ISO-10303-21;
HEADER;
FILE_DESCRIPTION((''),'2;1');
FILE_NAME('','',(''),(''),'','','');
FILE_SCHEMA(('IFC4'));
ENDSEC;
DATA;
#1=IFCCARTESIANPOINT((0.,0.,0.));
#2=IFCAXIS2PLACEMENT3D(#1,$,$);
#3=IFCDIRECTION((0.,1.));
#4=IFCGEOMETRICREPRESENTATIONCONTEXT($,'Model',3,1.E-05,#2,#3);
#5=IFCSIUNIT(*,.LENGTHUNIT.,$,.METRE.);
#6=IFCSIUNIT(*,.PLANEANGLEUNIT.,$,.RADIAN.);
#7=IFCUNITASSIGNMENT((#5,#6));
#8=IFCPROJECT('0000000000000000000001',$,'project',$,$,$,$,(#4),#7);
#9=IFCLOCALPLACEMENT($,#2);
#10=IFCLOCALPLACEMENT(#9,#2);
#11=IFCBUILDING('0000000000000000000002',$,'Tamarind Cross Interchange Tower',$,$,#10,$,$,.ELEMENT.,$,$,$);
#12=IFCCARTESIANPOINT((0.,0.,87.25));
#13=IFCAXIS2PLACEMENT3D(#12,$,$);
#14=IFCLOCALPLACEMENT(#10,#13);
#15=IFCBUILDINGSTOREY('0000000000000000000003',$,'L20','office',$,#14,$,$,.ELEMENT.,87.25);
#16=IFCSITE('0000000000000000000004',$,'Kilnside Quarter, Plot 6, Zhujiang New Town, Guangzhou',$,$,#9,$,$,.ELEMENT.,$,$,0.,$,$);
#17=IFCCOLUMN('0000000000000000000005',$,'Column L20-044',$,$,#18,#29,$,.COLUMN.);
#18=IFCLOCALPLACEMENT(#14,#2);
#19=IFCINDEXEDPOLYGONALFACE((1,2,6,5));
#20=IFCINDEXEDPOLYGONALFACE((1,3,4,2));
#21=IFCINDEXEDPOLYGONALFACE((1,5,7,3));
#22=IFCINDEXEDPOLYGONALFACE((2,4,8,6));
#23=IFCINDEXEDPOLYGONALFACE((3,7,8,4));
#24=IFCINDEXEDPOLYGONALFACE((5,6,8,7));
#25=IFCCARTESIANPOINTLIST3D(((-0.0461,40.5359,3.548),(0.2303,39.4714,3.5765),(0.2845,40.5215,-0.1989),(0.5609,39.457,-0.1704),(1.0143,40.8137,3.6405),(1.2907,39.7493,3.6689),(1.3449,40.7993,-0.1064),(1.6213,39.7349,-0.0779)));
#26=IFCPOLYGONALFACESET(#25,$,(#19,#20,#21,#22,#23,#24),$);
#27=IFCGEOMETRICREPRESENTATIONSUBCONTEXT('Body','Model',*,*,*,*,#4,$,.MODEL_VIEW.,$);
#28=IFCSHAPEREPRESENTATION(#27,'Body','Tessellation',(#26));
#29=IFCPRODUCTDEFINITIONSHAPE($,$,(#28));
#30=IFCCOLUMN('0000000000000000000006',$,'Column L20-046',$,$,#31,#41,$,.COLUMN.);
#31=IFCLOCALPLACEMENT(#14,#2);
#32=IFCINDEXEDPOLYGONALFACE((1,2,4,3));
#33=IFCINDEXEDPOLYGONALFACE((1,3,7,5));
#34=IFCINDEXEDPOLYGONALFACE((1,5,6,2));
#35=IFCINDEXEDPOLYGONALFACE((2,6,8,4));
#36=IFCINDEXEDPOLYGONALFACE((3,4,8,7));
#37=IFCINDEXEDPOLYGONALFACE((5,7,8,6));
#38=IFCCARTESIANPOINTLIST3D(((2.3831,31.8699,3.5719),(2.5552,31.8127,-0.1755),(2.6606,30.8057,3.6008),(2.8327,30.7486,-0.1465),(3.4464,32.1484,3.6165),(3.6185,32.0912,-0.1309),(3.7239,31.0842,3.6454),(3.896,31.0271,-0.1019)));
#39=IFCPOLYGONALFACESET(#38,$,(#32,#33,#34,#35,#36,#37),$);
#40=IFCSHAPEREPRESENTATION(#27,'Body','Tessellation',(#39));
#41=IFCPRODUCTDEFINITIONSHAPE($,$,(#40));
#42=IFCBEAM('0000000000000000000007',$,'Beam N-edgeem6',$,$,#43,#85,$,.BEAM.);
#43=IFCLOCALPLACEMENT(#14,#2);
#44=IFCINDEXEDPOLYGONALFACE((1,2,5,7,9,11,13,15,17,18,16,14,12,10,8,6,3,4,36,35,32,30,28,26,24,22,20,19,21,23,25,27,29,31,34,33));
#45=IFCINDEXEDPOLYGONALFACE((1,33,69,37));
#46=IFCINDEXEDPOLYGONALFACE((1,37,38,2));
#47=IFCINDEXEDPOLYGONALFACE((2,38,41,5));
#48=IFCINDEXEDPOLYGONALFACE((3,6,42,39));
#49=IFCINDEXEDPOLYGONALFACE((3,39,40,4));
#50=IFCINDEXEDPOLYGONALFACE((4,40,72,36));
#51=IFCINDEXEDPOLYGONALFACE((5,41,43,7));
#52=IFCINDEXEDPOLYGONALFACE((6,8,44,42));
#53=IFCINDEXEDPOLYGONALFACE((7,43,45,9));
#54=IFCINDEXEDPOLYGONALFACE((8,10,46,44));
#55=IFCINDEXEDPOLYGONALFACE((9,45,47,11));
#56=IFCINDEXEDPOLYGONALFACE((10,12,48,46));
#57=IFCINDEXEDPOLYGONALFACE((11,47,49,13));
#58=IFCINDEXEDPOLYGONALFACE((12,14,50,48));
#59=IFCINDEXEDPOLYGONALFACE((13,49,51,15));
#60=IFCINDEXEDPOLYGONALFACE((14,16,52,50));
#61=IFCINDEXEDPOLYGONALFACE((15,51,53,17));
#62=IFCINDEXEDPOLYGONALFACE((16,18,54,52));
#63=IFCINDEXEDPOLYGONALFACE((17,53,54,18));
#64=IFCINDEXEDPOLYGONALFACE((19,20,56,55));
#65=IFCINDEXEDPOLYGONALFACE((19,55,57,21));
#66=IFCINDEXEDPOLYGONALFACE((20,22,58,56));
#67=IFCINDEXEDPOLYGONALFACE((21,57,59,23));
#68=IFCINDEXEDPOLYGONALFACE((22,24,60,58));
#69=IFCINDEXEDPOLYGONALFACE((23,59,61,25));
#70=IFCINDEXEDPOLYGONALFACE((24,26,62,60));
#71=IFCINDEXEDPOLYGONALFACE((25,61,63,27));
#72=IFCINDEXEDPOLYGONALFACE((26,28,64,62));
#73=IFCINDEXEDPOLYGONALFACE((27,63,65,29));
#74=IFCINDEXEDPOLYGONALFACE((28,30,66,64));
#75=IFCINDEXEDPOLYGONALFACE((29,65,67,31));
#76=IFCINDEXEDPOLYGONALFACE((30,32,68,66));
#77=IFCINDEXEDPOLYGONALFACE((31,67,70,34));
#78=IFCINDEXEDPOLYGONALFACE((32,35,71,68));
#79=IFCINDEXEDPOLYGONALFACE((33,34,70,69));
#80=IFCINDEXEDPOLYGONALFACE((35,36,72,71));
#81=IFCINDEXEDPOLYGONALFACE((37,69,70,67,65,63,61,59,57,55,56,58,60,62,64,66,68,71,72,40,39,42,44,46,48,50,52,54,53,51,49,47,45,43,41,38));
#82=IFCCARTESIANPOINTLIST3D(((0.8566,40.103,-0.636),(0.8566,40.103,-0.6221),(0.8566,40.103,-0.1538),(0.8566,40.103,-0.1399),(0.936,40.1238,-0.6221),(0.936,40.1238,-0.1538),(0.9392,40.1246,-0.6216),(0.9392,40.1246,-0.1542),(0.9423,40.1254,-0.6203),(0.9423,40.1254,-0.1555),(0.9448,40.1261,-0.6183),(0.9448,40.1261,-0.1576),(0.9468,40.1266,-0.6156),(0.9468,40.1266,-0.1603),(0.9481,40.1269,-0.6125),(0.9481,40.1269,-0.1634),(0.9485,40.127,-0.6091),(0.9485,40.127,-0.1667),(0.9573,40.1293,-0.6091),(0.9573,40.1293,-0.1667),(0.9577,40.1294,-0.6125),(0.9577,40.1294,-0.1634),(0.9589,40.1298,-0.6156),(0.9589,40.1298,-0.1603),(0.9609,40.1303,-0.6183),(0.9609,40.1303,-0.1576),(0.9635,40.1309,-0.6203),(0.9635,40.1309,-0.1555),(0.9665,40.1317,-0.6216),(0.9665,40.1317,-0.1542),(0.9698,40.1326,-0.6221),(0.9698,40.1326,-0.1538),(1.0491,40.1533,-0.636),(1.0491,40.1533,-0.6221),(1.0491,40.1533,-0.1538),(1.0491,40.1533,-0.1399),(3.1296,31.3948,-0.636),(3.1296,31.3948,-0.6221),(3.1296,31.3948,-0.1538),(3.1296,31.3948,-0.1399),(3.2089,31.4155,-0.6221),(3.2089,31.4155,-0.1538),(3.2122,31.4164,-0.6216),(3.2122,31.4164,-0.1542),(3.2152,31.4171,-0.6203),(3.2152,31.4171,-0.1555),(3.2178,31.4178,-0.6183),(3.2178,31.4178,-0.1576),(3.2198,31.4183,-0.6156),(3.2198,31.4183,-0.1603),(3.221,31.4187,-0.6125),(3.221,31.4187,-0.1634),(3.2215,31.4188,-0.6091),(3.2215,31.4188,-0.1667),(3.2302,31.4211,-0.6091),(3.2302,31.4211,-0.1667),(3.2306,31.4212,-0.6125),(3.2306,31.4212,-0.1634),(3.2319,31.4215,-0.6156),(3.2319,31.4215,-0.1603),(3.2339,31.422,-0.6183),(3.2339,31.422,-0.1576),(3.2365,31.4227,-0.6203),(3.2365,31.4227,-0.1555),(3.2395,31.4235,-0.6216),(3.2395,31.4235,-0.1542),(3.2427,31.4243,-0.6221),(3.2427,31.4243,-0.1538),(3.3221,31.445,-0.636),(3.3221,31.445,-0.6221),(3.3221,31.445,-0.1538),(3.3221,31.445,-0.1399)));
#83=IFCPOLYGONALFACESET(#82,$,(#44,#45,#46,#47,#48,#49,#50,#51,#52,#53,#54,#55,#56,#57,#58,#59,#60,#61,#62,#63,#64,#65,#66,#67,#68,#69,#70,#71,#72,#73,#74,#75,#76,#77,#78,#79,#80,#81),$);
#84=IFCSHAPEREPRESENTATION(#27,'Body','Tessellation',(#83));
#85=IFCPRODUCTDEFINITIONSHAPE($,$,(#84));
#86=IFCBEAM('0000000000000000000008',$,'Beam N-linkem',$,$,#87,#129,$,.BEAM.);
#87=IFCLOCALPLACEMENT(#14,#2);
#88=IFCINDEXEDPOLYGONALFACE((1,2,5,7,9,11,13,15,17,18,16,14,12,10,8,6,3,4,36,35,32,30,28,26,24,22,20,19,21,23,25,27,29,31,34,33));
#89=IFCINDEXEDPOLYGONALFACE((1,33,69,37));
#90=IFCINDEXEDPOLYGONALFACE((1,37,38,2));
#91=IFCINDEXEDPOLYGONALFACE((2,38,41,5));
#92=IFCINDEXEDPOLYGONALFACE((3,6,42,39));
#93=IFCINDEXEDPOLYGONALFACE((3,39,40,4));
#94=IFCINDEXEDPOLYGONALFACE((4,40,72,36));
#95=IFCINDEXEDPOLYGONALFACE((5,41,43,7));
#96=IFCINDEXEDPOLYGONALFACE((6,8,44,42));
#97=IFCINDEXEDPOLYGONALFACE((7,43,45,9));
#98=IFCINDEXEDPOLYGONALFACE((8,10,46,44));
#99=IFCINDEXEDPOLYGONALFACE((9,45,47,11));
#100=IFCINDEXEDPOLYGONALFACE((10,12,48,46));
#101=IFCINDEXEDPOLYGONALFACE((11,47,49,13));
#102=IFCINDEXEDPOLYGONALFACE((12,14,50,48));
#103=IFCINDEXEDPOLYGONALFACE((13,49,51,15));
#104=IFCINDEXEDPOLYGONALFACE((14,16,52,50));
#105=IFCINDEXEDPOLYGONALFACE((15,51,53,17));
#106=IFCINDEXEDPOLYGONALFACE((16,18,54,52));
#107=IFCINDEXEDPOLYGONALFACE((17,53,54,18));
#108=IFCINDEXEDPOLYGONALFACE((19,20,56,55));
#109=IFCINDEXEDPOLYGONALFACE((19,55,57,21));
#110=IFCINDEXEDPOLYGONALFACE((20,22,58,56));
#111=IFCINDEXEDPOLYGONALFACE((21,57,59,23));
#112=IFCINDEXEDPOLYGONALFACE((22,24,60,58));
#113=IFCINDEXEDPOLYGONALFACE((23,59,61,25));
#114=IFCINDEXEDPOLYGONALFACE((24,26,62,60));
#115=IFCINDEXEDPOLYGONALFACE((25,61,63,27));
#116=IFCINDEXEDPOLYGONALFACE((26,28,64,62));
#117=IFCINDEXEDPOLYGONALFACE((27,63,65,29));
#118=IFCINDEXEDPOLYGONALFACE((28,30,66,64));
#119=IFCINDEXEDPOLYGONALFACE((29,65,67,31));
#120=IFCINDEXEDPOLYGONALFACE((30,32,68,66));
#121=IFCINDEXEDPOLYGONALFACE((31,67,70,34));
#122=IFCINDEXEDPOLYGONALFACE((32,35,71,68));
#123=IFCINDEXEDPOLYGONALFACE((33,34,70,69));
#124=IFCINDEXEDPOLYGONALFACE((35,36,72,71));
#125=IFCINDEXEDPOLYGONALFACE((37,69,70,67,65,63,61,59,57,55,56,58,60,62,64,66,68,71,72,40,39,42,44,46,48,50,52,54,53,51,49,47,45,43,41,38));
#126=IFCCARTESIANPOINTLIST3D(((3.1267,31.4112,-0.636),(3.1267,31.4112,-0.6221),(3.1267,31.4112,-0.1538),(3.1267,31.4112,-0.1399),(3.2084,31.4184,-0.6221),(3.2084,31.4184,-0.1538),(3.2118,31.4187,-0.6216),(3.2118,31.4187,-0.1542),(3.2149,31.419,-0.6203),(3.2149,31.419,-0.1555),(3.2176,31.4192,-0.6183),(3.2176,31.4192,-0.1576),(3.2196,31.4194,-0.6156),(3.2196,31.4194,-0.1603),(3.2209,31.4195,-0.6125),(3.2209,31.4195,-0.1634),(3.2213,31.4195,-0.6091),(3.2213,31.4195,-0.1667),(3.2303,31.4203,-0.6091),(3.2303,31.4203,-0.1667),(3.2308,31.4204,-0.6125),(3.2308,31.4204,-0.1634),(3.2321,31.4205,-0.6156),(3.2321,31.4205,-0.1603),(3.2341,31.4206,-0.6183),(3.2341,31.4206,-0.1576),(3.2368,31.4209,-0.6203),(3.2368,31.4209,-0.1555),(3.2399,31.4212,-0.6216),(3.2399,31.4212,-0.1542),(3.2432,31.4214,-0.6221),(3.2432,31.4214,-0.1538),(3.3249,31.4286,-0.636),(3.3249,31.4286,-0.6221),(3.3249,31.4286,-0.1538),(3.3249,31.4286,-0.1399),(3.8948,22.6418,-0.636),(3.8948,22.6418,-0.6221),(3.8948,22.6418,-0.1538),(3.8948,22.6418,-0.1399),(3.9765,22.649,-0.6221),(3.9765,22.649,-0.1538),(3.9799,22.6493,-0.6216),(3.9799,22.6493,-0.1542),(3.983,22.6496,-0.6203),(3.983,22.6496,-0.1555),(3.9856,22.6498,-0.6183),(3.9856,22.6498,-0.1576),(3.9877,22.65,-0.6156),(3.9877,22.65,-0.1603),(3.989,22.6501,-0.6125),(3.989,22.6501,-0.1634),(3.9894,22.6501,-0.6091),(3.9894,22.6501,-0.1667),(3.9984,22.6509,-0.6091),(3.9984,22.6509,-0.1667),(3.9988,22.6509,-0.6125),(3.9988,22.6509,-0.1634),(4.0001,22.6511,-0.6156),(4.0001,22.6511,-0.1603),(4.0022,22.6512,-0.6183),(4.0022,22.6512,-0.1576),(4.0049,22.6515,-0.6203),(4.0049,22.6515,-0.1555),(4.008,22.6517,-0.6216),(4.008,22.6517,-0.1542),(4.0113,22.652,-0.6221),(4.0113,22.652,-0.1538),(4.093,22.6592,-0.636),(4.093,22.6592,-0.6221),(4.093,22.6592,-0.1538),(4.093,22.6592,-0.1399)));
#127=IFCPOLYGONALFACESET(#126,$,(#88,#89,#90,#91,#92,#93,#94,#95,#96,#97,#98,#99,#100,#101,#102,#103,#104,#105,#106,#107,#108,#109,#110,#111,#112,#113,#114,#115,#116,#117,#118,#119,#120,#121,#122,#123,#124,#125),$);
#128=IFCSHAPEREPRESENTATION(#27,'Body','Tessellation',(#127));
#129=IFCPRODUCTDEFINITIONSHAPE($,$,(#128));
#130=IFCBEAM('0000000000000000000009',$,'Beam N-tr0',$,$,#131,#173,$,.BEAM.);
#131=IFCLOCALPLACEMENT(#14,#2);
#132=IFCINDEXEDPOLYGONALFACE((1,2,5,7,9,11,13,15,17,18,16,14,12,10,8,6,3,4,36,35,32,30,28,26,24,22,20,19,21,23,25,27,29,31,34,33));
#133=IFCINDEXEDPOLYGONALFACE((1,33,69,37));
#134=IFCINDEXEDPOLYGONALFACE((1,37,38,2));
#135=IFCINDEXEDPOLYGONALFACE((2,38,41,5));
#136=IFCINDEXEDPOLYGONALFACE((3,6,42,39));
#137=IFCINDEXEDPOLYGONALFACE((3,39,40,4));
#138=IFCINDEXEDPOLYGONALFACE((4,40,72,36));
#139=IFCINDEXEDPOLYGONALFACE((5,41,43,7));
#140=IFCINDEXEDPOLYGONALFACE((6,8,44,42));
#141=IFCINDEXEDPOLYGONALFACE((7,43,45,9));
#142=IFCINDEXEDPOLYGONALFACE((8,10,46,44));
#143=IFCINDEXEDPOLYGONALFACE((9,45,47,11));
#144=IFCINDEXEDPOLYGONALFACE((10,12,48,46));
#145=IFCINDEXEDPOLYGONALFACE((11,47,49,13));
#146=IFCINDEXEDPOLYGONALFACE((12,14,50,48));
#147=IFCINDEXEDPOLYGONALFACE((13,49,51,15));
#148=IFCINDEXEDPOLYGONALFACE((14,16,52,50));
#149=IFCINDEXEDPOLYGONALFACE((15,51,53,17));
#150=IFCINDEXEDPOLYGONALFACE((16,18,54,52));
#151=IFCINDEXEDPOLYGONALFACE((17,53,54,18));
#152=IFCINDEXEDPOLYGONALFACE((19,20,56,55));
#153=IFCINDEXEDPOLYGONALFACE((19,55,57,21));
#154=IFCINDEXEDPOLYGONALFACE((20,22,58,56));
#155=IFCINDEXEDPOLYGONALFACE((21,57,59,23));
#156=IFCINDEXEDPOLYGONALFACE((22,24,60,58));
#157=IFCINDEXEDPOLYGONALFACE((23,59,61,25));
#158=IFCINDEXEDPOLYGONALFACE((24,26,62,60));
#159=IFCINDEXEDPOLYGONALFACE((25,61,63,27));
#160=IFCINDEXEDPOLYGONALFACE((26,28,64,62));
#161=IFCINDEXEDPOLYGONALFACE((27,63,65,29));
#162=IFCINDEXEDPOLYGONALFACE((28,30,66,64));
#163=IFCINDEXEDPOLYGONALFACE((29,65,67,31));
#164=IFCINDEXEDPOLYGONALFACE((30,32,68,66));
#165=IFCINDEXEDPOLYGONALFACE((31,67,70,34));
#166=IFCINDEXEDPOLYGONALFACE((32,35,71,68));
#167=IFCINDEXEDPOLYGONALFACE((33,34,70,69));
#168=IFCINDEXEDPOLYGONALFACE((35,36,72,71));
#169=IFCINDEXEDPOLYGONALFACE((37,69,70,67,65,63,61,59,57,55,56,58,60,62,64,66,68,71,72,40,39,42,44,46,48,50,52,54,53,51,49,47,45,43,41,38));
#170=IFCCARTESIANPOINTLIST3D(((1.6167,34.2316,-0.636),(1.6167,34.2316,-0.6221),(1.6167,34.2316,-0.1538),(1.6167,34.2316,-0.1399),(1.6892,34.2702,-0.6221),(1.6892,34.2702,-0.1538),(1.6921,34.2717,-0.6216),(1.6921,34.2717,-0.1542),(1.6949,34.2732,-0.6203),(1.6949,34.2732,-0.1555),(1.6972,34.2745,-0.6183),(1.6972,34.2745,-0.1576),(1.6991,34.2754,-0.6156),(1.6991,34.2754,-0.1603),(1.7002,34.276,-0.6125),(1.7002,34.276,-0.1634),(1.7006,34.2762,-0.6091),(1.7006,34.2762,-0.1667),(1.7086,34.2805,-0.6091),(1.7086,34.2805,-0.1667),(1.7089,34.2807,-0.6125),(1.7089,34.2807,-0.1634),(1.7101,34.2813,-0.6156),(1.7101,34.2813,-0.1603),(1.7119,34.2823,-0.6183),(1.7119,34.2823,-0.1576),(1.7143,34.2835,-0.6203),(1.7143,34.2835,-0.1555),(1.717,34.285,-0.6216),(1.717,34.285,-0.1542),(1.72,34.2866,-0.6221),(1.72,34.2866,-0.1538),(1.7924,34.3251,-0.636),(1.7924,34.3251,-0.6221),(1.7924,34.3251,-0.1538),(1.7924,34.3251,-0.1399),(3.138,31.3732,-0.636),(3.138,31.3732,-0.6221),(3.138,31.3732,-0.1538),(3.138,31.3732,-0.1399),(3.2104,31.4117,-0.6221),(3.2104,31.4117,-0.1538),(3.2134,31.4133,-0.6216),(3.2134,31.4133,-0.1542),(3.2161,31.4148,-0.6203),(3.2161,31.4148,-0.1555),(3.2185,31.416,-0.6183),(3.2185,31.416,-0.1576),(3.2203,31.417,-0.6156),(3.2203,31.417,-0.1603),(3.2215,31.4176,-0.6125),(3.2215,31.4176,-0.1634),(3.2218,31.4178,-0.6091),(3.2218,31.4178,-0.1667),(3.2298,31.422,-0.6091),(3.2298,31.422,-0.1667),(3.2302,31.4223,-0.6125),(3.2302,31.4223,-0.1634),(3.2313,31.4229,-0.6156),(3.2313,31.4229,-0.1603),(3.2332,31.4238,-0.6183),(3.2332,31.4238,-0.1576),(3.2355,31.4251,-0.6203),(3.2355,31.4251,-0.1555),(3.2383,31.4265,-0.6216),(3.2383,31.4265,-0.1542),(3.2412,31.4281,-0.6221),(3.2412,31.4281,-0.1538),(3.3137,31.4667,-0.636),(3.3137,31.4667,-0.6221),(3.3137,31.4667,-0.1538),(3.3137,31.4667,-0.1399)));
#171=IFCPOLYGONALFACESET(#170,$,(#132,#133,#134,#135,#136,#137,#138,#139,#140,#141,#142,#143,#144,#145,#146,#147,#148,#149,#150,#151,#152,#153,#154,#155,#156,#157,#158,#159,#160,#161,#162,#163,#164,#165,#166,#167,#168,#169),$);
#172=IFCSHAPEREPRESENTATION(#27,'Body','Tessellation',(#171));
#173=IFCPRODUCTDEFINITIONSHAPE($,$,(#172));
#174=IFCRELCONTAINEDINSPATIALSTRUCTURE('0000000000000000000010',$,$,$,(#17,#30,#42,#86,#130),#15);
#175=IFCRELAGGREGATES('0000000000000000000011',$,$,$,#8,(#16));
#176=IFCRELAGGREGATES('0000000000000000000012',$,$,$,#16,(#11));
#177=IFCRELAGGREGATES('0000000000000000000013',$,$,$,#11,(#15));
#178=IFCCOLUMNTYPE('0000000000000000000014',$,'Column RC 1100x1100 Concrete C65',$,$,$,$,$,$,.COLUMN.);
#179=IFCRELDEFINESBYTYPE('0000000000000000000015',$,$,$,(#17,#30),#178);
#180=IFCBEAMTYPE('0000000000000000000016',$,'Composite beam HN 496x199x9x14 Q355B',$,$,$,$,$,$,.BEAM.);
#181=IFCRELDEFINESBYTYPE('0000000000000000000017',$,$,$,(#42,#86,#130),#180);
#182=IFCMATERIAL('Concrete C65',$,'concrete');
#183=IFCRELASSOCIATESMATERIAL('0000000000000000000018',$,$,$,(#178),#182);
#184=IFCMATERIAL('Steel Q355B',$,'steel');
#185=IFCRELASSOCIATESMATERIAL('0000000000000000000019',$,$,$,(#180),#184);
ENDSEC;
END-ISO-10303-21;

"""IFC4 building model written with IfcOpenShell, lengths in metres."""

from ifc_helpers import new_model, si_unit, direction, frame, origin, origin_2d, place, context, subcontext, project, spatial, rectangle, i_section, extrude, material, material_profile, profile_set, type_object, element, save


model = new_model("IFC4")

# Units and contexts
model_context = context("Model", 3, precision=1e-05, world=origin(), true_north=direction((0.0, 1.0)))
body_context = subcontext(model_context, "Body", "Model", "MODEL_VIEW")
ifc_project = project(units=[si_unit("LENGTHUNIT", "METRE"), si_unit("PLANEANGLEUNIT", "RADIAN")], contexts=[model_context])

# Site, building, storey
site_placement = place(None, origin())
site = spatial("IfcSite", under=ifc_project, at=site_placement, Name="Kilnside Quarter, Plot 6, Zhujiang New Town, Guangzhou", CompositionType="ELEMENT", RefElevation=0.0)
building_placement = place(site_placement, origin())
building = spatial("IfcBuilding", under=site, at=building_placement, Name="Tamarind Cross Interchange Tower", CompositionType="ELEMENT")
storey_placement = place(building_placement, frame((0.0, 0.0, 87.25)))
storey = spatial("IfcBuildingStorey", under=building, at=storey_placement, Name="L20", Description="office", CompositionType="ELEMENT", Elevation=87.25)

# Columns
ifc_material_1 = material(Name="Concrete C65", Category="concrete")
ifc_material_profile_1 = material_profile(ifc_material_1, rectangle(XDim=1.1001, YDim=1.1001, at=origin_2d()), Name="RC 1100x1100")
ifc_profile_set_1 = profile_set([ifc_material_profile_1], Name="Concrete C65")
column_type = type_object("IfcColumnType", Name="Column RC 1100x1100 Concrete C65", PredefinedType="COLUMN", material=ifc_profile_set_1)
column_1_placement = place(storey_placement, frame((0.9529, 40.1282, -0.1384), z_axis=(-0.087884, 0.003829, 0.996123), x_axis=(0.25125, -0.967576, 0.025886)))
element("IfcColumn", 1, at=column_1_placement, inside=storey, type_object=column_type, Name="Column L20-044", PredefinedType="COLUMN", context=body_context, shape_type="SweptSolid", body=[
    extrude(rectangle(XDim=1.1001, YDim=1.1001, at=origin_2d()), origin(), (0.0, 0.0, 1.0), 3.7615),
])
column_2_placement = place(storey_placement, frame((3.2256, 31.4199, -0.1387), z_axis=(-0.045878, 0.015227, 0.998831), x_axis=(0.252247, -0.967305, 0.026333)))
element("IfcColumn", 2, at=column_2_placement, inside=storey, type_object=column_type, Name="Column L20-046", PredefinedType="COLUMN", context=body_context, shape_type="SweptSolid", body=[
    extrude(rectangle(XDim=1.1001, YDim=1.1001, at=origin_2d()), origin(), (0.0, 0.0, 1.0), 3.7517),
])

# Beams
ifc_material_2 = material(Name="Steel Q355B", Category="steel")
ifc_material_profile_2 = material_profile(ifc_material_2, i_section(OverallWidth=0.199, OverallDepth=0.4961, WebThickness=0.009, FlangeThickness=0.0139, FilletRadius=0.0129, at=origin_2d()), Name="HN 496x199x9x14")
ifc_profile_set_2 = profile_set([ifc_material_profile_2], Name="Steel Q355B")
beam_type_1 = type_object("IfcBeamType", Name="Composite beam HN 496x199x9x14 Q355B", PredefinedType="BEAM", material=ifc_profile_set_2)
beam_1_placement = place(storey_placement, frame((0.9529, 40.1282, -0.3879), z_axis=(0.25255, -0.967584, 0.0), x_axis=(0.967584, 0.25255, 0.0)))
element("IfcBeam", 3, at=beam_1_placement, inside=storey, type_object=beam_type_1, Name="Beam N-edgeem6", PredefinedType="BEAM", context=body_context, shape_type="SweptSolid", body=[
    extrude(i_section(OverallWidth=0.199, OverallDepth=0.4961, WebThickness=0.009, FlangeThickness=0.0139, FilletRadius=0.0129, at=origin_2d()), origin(), (0.0, 0.0, 1.0), 9.0),
])
beam_2_placement = place(storey_placement, frame((3.2258, 31.4199, -0.3879), z_axis=(0.087252, -0.996186, 0.0), x_axis=(0.996186, 0.087252, 0.0)))
element("IfcBeam", 4, at=beam_2_placement, inside=storey, type_object=beam_type_1, Name="Beam N-linkem", PredefinedType="BEAM", context=body_context, shape_type="SweptSolid", body=[
    extrude(i_section(OverallWidth=0.199, OverallDepth=0.4961, WebThickness=0.009, FlangeThickness=0.0139, FilletRadius=0.0129, at=origin_2d()), origin(), (0.0, 0.0, 1.0), 8.803),
])
beam_3_placement = place(storey_placement, frame((3.2258, 31.4199, -0.3879), z_axis=(-0.469809, 0.882768, 0.0), x_axis=(-0.882768, -0.469809, 0.0)))
element("IfcBeam", 5, at=beam_3_placement, inside=storey, type_object=beam_type_1, Name="Beam N-tr0", PredefinedType="BEAM", context=body_context, shape_type="SweptSolid", body=[
    extrude(i_section(OverallWidth=0.199, OverallDepth=0.4961, WebThickness=0.009, FlangeThickness=0.0139, FilletRadius=0.0129, at=origin_2d()), origin(), (0.0, 0.0, 1.0), 3.238),
])

save(model, "model.ifc")
